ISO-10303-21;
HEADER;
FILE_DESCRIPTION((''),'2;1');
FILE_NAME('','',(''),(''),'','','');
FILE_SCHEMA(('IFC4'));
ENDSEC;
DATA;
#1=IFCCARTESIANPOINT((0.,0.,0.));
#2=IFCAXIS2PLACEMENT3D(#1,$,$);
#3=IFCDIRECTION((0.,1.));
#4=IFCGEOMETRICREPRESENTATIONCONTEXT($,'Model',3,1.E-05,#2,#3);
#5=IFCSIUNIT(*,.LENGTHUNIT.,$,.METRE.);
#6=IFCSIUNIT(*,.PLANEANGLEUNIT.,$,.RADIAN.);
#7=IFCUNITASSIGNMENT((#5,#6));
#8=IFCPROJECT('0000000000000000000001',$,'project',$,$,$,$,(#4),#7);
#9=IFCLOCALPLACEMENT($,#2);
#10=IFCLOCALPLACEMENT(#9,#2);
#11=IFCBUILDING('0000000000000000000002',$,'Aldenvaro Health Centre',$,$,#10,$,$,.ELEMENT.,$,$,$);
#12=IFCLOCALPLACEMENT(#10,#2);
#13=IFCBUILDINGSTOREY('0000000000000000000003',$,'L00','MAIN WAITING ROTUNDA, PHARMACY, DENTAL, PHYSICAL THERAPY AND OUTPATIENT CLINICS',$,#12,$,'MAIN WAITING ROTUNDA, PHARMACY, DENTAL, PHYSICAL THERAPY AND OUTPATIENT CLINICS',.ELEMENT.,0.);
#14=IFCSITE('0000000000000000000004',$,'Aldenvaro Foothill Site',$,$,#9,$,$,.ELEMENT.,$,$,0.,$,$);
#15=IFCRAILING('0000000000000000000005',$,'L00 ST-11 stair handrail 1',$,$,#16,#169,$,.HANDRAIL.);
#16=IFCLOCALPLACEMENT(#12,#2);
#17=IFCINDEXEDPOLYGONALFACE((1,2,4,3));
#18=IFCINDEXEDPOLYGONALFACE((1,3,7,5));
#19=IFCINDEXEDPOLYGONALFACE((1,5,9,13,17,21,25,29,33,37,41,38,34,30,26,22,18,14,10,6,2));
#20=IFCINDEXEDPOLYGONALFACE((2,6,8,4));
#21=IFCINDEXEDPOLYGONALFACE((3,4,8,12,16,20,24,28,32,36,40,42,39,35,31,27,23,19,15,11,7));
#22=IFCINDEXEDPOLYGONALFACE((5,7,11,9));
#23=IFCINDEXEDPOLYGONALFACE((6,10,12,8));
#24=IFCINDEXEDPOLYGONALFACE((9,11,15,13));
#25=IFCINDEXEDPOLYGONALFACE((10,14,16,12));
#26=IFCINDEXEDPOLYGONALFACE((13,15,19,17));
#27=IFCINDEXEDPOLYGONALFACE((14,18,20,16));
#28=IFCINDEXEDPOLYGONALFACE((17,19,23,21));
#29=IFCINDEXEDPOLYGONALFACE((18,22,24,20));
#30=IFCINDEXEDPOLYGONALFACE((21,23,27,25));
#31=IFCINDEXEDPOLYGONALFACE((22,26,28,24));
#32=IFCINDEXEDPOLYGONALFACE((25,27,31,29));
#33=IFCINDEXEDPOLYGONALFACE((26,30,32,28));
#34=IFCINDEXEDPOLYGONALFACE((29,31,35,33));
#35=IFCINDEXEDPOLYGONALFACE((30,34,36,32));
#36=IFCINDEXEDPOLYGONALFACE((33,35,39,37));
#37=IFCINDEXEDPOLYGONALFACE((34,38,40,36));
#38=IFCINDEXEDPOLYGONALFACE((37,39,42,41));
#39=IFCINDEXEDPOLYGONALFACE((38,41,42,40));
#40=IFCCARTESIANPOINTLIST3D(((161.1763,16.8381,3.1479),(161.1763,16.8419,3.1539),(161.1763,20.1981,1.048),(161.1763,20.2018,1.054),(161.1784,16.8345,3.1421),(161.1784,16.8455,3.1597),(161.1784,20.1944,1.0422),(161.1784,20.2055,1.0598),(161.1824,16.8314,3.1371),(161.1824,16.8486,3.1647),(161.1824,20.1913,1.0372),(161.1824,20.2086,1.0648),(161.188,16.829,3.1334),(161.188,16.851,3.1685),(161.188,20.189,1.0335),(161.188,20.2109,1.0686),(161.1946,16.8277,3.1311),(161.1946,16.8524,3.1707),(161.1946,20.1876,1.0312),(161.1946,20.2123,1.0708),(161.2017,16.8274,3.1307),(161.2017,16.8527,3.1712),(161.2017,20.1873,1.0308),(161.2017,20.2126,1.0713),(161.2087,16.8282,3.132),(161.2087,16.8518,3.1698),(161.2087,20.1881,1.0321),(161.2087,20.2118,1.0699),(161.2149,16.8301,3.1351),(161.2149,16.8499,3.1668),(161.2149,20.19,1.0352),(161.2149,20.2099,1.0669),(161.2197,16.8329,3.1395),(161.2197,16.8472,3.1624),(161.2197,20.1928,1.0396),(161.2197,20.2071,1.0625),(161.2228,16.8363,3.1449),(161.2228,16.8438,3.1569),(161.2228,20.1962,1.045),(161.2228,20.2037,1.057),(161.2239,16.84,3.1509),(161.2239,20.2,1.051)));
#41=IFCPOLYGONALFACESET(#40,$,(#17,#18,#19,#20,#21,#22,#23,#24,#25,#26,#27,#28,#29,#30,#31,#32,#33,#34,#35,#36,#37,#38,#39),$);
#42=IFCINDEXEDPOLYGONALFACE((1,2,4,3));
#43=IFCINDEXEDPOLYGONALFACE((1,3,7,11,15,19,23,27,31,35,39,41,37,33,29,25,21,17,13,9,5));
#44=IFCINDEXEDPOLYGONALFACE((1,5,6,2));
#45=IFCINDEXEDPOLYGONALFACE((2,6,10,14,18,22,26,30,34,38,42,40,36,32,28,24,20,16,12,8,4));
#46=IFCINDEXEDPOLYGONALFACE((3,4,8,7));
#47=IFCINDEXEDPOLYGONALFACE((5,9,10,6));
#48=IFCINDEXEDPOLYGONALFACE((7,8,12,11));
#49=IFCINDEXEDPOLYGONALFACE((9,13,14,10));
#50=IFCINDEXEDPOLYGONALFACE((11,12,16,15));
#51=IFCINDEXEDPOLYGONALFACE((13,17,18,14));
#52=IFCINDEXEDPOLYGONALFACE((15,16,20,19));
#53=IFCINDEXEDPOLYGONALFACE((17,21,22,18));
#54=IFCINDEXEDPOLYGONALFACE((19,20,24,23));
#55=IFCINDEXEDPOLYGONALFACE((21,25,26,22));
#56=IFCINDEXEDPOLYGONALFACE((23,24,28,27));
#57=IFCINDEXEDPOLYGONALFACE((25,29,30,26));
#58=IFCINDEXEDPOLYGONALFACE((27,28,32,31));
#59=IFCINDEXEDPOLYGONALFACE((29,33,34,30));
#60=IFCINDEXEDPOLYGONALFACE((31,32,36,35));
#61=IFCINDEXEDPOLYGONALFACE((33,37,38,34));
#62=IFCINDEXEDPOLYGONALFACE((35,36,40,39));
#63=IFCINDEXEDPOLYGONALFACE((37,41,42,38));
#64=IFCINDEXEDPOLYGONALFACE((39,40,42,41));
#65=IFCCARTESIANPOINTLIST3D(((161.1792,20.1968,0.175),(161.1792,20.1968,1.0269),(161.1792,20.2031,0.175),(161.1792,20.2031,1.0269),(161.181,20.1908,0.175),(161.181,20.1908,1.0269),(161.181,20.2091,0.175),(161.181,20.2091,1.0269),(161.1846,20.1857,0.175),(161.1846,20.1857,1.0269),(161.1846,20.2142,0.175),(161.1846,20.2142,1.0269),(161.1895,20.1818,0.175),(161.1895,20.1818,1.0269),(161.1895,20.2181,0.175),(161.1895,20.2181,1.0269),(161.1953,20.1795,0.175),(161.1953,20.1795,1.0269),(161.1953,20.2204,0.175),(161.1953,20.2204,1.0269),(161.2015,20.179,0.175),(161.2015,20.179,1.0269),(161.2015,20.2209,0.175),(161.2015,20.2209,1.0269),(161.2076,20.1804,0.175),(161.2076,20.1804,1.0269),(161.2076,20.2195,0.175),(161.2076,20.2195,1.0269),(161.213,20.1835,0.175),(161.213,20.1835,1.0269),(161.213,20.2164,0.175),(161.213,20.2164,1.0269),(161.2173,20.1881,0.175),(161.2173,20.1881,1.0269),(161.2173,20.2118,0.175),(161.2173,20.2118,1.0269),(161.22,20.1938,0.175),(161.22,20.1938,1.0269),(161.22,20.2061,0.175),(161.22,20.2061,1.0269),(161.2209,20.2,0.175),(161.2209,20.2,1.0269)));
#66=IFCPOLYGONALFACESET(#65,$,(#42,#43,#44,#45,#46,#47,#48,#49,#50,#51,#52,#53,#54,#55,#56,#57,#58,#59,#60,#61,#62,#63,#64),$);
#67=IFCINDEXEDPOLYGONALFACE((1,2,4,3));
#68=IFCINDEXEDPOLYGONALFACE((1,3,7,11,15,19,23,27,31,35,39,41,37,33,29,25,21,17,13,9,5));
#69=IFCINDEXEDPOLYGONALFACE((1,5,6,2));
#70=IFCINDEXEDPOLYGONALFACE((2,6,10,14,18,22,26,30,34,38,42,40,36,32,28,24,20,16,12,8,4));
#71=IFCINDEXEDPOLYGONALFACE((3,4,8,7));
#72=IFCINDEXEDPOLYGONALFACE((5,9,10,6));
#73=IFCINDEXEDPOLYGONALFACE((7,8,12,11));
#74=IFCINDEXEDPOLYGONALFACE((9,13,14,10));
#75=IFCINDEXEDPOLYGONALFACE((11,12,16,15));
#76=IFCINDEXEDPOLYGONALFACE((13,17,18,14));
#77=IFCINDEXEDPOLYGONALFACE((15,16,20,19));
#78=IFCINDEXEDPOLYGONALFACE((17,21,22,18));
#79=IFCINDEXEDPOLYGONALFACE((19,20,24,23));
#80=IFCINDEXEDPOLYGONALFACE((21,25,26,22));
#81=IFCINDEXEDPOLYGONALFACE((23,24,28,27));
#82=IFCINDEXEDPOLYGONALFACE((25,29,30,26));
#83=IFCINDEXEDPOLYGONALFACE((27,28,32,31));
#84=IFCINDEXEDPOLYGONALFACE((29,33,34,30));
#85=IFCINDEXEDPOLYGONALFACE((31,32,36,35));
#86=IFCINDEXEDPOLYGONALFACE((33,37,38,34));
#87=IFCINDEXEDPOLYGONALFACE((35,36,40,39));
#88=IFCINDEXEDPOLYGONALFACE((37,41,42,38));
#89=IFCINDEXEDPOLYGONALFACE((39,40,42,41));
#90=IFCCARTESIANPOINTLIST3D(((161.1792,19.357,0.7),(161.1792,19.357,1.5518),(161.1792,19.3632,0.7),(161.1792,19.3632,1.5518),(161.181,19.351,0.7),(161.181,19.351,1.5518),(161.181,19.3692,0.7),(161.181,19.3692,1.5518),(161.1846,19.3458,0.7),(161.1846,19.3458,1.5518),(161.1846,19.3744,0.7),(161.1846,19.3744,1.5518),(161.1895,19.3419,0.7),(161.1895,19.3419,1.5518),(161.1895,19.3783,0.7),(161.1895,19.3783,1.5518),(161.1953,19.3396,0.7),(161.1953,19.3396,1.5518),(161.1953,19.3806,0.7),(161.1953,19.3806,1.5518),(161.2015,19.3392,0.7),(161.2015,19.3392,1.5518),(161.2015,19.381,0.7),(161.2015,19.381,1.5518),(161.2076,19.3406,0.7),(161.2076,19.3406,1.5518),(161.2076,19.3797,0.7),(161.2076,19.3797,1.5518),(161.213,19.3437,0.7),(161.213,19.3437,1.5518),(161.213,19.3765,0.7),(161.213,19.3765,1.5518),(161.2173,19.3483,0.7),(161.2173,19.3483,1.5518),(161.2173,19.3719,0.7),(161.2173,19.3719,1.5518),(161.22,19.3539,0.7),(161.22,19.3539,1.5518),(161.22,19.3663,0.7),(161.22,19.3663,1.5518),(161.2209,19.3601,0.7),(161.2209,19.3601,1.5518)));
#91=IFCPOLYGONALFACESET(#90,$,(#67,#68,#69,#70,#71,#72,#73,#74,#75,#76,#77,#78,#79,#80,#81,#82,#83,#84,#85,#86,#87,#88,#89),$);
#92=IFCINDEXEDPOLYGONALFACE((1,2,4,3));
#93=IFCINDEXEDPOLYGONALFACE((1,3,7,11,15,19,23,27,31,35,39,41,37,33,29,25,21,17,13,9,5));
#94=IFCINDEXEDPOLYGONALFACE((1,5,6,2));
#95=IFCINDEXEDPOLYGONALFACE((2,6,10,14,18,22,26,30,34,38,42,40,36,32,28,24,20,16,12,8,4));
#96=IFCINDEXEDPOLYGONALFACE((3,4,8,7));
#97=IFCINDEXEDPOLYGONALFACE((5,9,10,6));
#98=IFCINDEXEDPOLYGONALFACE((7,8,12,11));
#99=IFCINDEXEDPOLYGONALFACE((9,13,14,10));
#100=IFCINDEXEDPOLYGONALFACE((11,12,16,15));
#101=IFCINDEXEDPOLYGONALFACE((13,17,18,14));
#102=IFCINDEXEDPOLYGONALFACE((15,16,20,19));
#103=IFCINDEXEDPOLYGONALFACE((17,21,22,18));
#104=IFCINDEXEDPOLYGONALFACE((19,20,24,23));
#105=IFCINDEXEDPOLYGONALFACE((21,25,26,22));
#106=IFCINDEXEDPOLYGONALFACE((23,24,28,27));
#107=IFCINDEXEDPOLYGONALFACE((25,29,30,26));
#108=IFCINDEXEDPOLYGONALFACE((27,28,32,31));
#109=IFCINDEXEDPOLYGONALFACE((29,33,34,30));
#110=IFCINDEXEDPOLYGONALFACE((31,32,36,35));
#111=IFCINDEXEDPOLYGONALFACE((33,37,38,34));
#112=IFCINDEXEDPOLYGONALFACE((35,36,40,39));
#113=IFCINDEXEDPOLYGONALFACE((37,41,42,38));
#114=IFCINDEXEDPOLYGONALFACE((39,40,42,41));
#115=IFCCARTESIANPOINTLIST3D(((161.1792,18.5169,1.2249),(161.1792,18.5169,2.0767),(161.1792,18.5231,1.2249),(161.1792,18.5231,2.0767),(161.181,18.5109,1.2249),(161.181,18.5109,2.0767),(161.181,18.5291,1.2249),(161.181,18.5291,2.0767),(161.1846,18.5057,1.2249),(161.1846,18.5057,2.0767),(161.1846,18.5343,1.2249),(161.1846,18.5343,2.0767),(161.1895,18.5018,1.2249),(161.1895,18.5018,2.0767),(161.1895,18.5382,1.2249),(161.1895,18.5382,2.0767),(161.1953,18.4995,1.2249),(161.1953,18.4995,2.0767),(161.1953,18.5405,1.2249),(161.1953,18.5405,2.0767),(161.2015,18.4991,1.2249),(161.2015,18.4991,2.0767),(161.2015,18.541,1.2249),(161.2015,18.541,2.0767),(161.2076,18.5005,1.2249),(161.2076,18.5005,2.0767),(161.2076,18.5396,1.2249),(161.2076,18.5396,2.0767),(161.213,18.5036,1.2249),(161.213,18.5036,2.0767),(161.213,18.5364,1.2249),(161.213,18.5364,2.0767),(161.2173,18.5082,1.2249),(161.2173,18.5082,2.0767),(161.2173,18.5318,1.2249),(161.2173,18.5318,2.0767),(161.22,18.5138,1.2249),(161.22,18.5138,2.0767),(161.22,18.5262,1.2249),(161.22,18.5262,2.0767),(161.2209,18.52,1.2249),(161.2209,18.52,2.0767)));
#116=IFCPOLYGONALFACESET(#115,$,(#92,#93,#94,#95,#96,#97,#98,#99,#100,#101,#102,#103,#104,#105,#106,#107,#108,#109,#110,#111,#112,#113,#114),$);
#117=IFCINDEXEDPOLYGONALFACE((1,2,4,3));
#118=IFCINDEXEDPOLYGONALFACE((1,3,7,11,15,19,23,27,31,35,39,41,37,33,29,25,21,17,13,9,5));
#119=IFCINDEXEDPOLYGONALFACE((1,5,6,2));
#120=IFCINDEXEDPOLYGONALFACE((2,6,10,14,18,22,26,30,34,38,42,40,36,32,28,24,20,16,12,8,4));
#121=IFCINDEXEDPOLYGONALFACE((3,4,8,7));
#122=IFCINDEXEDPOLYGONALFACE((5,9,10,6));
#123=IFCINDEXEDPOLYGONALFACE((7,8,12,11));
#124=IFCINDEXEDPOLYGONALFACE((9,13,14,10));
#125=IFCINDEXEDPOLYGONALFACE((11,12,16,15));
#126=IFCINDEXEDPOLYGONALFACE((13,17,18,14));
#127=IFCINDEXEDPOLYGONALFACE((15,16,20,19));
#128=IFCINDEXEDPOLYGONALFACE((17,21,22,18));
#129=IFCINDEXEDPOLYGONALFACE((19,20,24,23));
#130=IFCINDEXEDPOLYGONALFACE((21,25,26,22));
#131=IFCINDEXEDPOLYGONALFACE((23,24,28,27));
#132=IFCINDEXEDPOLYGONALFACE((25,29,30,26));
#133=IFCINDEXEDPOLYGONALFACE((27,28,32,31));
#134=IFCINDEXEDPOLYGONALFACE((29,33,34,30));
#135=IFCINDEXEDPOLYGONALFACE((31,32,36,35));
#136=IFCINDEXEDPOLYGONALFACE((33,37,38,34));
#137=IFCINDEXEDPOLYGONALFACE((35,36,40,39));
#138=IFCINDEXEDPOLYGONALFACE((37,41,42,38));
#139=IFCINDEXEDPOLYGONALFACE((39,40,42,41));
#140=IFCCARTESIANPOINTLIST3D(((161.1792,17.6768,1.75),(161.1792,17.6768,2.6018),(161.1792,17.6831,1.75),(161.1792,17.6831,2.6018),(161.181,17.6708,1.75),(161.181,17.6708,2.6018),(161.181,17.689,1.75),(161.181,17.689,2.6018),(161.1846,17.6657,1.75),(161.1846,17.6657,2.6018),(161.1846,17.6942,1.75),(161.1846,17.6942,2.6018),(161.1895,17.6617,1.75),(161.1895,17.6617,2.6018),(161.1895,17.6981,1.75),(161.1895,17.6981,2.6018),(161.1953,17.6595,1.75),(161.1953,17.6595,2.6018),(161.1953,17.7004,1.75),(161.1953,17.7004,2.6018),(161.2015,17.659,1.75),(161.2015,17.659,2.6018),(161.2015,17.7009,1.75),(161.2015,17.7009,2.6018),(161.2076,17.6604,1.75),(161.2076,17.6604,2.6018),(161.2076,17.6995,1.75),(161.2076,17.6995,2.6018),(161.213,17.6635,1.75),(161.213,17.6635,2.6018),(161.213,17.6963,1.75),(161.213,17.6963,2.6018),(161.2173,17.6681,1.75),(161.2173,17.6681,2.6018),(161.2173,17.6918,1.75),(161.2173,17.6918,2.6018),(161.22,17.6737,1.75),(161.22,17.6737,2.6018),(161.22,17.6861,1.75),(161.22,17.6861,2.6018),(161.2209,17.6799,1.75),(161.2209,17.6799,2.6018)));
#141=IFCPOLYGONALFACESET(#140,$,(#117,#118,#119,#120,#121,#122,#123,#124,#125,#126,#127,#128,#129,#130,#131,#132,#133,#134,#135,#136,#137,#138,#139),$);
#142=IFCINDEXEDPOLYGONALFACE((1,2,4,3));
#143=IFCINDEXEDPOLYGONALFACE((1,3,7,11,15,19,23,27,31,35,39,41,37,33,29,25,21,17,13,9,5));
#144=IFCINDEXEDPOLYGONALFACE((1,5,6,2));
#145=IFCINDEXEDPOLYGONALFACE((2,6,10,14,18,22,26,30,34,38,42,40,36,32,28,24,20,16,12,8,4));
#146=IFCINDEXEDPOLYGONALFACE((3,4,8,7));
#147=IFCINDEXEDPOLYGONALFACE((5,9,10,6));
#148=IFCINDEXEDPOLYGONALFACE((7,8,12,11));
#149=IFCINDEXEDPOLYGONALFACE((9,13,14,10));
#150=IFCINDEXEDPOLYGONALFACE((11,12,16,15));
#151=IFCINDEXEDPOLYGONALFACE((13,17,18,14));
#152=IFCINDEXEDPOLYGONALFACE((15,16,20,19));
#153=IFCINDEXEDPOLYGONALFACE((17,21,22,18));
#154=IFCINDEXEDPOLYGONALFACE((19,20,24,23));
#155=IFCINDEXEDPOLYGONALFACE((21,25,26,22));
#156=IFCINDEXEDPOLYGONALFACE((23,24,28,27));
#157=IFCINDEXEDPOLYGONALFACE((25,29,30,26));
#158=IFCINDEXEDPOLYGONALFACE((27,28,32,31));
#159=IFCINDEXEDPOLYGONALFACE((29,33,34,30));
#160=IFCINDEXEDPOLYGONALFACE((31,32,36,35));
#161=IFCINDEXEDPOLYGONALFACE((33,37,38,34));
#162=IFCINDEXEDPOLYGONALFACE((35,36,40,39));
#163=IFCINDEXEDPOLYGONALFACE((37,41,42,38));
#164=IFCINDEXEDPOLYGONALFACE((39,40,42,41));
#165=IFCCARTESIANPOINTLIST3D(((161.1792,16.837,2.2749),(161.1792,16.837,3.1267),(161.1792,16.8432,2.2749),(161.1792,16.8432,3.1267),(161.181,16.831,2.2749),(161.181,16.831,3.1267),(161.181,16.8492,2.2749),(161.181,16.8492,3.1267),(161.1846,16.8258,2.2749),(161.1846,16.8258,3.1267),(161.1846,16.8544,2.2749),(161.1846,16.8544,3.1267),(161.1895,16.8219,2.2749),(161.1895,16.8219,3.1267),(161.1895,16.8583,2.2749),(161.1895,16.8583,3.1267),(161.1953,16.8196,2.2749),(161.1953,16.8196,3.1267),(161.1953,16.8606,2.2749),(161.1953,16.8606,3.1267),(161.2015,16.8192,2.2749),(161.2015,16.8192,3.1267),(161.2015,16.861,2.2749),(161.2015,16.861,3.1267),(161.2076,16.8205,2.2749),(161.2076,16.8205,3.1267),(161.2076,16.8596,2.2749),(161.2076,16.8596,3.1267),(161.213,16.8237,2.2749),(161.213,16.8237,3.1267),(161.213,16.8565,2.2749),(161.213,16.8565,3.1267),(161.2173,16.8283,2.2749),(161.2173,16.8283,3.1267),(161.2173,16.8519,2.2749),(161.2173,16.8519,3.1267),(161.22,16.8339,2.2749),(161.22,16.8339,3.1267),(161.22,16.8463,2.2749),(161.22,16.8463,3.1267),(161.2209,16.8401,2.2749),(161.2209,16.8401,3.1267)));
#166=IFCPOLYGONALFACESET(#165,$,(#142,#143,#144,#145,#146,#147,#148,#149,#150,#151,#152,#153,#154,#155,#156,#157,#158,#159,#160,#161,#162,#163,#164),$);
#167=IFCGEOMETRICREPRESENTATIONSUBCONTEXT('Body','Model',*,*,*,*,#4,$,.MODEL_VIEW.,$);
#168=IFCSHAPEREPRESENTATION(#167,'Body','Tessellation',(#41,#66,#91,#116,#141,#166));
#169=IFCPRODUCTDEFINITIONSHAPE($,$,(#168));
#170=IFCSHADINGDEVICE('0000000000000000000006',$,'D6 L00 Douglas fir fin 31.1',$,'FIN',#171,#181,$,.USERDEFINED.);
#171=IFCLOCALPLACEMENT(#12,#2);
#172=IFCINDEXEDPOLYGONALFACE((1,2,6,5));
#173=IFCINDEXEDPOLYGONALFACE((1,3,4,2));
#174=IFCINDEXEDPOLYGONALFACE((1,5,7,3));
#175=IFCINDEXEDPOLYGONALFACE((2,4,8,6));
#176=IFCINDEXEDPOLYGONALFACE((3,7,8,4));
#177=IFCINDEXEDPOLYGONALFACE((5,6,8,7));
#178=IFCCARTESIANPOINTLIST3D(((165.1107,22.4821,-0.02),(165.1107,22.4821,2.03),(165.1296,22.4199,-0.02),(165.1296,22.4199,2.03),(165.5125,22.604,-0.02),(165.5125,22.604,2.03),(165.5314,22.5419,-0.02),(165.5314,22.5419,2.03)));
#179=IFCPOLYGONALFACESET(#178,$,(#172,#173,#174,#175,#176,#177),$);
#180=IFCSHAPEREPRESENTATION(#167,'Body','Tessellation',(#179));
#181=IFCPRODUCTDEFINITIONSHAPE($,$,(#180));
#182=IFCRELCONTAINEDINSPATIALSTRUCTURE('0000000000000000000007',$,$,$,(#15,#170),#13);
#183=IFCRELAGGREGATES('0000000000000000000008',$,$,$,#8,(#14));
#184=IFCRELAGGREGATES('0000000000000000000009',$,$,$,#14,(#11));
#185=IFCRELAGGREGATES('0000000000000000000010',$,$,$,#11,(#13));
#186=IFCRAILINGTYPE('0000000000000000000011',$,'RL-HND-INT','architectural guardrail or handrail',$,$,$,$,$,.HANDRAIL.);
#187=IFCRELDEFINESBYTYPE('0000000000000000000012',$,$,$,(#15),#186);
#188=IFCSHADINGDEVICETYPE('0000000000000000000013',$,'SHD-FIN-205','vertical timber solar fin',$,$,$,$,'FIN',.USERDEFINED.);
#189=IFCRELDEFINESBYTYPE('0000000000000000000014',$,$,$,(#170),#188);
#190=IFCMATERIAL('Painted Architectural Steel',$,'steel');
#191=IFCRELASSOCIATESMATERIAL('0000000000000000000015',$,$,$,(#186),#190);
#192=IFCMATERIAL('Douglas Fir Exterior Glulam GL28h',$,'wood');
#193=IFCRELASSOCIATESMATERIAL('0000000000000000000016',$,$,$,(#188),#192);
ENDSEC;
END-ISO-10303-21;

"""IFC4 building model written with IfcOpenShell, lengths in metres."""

from ifc_helpers import new_model, si_unit, direction, frame, origin, origin_2d, place, context, subcontext, project, spatial, rectangle, circle, extrude, material, type_object, element, save


model = new_model("IFC4")

# Units and contexts
model_context = context("Model", 3, precision=1e-05, world=origin(), true_north=direction((0.0, 1.0)))
body_context = subcontext(model_context, "Body", "Model", "MODEL_VIEW")
ifc_project = project(units=[si_unit("LENGTHUNIT", "METRE"), si_unit("PLANEANGLEUNIT", "RADIAN")], contexts=[model_context])

# Site, building, storey
site_placement = place(None, origin())
site = spatial("IfcSite", under=ifc_project, at=site_placement, Name="Aldenvaro Foothill Site", CompositionType="ELEMENT", RefElevation=0.0)
building_placement = place(site_placement, origin())
building = spatial("IfcBuilding", under=site, at=building_placement, Name="Aldenvaro Health Centre", CompositionType="ELEMENT")
storey_placement = place(building_placement, origin())
storey = spatial("IfcBuildingStorey", under=building, at=storey_placement, Name="L00", Description="MAIN WAITING ROTUNDA, PHARMACY, DENTAL, PHYSICAL THERAPY AND OUTPATIENT CLINICS", LongName="MAIN WAITING ROTUNDA, PHARMACY, DENTAL, PHYSICAL THERAPY AND OUTPATIENT CLINICS", CompositionType="ELEMENT", Elevation=0.0)

# Railing
ifc_material_1 = material(Name="Painted Architectural Steel", Category="steel")
railing_type_1 = type_object("IfcRailingType", Name="RL-HND-INT", Description="architectural guardrail or handrail", PredefinedType="HANDRAIL", material=ifc_material_1)
railing_1_placement = place(storey_placement, frame((161.2, 20.2, 0.175)))
element("IfcRailing", 1, at=railing_1_placement, inside=storey, type_object=railing_type_1, Name="L00 ST-11 stair handrail 1", PredefinedType="HANDRAIL", context=body_context, shape_type="SweptSolid", body=[
    extrude(circle(Radius=0.0239, at=origin_2d()), frame((0.0, 0.0, 0.876), z_axis=(0.0, -0.848005, 0.529988), x_axis=(1.0, 0.0, 0.0)), (0.0, 0.0, 1.0), 3.9622),
    extrude(circle(Radius=0.021, at=origin_2d()), origin(), (0.0, 0.0, 1.0), 0.8518),
    extrude(circle(Radius=0.021, at=origin_2d()), frame((0.0, -0.8398, 0.5249)), (0.0, 0.0, 1.0), 0.8518),
    extrude(circle(Radius=0.021, at=origin_2d()), frame((0.0, -1.6799, 1.0498)), (0.0, 0.0, 1.0), 0.8518),
    extrude(circle(Radius=0.021, at=origin_2d()), frame((0.0, -2.52, 1.575)), (0.0, 0.0, 1.0), 0.8518),
    extrude(circle(Radius=0.021, at=origin_2d()), frame((0.0, -3.3599, 2.0999)), (0.0, 0.0, 1.0), 0.8518),
])

# Shading device
ifc_material_2 = material(Name="Douglas Fir Exterior Glulam GL28h", Category="wood")
shading_device_type = type_object("IfcShadingDeviceType", Name="SHD-FIN-205", Description="vertical timber solar fin", ElementType="FIN", PredefinedType="USERDEFINED", material=ifc_material_2)
shading_device_placement = place(storey_placement, frame((165.321, 22.512, -0.02), z_axis=(0.0, 0.0, 1.0), x_axis=(0.290343, -0.956923, 0.0)))
element("IfcShadingDevice", 2, at=shading_device_placement, inside=storey, type_object=shading_device_type, Name="D6 L00 Douglas fir fin 31.1", ObjectType="FIN", PredefinedType="USERDEFINED", context=body_context, shape_type="SweptSolid", body=[
    extrude(rectangle(XDim=0.0649, YDim=0.4199, at=origin_2d()), origin(), (0.0, 0.0, 1.0), 2.05),
])

save(model, "model.ifc")
